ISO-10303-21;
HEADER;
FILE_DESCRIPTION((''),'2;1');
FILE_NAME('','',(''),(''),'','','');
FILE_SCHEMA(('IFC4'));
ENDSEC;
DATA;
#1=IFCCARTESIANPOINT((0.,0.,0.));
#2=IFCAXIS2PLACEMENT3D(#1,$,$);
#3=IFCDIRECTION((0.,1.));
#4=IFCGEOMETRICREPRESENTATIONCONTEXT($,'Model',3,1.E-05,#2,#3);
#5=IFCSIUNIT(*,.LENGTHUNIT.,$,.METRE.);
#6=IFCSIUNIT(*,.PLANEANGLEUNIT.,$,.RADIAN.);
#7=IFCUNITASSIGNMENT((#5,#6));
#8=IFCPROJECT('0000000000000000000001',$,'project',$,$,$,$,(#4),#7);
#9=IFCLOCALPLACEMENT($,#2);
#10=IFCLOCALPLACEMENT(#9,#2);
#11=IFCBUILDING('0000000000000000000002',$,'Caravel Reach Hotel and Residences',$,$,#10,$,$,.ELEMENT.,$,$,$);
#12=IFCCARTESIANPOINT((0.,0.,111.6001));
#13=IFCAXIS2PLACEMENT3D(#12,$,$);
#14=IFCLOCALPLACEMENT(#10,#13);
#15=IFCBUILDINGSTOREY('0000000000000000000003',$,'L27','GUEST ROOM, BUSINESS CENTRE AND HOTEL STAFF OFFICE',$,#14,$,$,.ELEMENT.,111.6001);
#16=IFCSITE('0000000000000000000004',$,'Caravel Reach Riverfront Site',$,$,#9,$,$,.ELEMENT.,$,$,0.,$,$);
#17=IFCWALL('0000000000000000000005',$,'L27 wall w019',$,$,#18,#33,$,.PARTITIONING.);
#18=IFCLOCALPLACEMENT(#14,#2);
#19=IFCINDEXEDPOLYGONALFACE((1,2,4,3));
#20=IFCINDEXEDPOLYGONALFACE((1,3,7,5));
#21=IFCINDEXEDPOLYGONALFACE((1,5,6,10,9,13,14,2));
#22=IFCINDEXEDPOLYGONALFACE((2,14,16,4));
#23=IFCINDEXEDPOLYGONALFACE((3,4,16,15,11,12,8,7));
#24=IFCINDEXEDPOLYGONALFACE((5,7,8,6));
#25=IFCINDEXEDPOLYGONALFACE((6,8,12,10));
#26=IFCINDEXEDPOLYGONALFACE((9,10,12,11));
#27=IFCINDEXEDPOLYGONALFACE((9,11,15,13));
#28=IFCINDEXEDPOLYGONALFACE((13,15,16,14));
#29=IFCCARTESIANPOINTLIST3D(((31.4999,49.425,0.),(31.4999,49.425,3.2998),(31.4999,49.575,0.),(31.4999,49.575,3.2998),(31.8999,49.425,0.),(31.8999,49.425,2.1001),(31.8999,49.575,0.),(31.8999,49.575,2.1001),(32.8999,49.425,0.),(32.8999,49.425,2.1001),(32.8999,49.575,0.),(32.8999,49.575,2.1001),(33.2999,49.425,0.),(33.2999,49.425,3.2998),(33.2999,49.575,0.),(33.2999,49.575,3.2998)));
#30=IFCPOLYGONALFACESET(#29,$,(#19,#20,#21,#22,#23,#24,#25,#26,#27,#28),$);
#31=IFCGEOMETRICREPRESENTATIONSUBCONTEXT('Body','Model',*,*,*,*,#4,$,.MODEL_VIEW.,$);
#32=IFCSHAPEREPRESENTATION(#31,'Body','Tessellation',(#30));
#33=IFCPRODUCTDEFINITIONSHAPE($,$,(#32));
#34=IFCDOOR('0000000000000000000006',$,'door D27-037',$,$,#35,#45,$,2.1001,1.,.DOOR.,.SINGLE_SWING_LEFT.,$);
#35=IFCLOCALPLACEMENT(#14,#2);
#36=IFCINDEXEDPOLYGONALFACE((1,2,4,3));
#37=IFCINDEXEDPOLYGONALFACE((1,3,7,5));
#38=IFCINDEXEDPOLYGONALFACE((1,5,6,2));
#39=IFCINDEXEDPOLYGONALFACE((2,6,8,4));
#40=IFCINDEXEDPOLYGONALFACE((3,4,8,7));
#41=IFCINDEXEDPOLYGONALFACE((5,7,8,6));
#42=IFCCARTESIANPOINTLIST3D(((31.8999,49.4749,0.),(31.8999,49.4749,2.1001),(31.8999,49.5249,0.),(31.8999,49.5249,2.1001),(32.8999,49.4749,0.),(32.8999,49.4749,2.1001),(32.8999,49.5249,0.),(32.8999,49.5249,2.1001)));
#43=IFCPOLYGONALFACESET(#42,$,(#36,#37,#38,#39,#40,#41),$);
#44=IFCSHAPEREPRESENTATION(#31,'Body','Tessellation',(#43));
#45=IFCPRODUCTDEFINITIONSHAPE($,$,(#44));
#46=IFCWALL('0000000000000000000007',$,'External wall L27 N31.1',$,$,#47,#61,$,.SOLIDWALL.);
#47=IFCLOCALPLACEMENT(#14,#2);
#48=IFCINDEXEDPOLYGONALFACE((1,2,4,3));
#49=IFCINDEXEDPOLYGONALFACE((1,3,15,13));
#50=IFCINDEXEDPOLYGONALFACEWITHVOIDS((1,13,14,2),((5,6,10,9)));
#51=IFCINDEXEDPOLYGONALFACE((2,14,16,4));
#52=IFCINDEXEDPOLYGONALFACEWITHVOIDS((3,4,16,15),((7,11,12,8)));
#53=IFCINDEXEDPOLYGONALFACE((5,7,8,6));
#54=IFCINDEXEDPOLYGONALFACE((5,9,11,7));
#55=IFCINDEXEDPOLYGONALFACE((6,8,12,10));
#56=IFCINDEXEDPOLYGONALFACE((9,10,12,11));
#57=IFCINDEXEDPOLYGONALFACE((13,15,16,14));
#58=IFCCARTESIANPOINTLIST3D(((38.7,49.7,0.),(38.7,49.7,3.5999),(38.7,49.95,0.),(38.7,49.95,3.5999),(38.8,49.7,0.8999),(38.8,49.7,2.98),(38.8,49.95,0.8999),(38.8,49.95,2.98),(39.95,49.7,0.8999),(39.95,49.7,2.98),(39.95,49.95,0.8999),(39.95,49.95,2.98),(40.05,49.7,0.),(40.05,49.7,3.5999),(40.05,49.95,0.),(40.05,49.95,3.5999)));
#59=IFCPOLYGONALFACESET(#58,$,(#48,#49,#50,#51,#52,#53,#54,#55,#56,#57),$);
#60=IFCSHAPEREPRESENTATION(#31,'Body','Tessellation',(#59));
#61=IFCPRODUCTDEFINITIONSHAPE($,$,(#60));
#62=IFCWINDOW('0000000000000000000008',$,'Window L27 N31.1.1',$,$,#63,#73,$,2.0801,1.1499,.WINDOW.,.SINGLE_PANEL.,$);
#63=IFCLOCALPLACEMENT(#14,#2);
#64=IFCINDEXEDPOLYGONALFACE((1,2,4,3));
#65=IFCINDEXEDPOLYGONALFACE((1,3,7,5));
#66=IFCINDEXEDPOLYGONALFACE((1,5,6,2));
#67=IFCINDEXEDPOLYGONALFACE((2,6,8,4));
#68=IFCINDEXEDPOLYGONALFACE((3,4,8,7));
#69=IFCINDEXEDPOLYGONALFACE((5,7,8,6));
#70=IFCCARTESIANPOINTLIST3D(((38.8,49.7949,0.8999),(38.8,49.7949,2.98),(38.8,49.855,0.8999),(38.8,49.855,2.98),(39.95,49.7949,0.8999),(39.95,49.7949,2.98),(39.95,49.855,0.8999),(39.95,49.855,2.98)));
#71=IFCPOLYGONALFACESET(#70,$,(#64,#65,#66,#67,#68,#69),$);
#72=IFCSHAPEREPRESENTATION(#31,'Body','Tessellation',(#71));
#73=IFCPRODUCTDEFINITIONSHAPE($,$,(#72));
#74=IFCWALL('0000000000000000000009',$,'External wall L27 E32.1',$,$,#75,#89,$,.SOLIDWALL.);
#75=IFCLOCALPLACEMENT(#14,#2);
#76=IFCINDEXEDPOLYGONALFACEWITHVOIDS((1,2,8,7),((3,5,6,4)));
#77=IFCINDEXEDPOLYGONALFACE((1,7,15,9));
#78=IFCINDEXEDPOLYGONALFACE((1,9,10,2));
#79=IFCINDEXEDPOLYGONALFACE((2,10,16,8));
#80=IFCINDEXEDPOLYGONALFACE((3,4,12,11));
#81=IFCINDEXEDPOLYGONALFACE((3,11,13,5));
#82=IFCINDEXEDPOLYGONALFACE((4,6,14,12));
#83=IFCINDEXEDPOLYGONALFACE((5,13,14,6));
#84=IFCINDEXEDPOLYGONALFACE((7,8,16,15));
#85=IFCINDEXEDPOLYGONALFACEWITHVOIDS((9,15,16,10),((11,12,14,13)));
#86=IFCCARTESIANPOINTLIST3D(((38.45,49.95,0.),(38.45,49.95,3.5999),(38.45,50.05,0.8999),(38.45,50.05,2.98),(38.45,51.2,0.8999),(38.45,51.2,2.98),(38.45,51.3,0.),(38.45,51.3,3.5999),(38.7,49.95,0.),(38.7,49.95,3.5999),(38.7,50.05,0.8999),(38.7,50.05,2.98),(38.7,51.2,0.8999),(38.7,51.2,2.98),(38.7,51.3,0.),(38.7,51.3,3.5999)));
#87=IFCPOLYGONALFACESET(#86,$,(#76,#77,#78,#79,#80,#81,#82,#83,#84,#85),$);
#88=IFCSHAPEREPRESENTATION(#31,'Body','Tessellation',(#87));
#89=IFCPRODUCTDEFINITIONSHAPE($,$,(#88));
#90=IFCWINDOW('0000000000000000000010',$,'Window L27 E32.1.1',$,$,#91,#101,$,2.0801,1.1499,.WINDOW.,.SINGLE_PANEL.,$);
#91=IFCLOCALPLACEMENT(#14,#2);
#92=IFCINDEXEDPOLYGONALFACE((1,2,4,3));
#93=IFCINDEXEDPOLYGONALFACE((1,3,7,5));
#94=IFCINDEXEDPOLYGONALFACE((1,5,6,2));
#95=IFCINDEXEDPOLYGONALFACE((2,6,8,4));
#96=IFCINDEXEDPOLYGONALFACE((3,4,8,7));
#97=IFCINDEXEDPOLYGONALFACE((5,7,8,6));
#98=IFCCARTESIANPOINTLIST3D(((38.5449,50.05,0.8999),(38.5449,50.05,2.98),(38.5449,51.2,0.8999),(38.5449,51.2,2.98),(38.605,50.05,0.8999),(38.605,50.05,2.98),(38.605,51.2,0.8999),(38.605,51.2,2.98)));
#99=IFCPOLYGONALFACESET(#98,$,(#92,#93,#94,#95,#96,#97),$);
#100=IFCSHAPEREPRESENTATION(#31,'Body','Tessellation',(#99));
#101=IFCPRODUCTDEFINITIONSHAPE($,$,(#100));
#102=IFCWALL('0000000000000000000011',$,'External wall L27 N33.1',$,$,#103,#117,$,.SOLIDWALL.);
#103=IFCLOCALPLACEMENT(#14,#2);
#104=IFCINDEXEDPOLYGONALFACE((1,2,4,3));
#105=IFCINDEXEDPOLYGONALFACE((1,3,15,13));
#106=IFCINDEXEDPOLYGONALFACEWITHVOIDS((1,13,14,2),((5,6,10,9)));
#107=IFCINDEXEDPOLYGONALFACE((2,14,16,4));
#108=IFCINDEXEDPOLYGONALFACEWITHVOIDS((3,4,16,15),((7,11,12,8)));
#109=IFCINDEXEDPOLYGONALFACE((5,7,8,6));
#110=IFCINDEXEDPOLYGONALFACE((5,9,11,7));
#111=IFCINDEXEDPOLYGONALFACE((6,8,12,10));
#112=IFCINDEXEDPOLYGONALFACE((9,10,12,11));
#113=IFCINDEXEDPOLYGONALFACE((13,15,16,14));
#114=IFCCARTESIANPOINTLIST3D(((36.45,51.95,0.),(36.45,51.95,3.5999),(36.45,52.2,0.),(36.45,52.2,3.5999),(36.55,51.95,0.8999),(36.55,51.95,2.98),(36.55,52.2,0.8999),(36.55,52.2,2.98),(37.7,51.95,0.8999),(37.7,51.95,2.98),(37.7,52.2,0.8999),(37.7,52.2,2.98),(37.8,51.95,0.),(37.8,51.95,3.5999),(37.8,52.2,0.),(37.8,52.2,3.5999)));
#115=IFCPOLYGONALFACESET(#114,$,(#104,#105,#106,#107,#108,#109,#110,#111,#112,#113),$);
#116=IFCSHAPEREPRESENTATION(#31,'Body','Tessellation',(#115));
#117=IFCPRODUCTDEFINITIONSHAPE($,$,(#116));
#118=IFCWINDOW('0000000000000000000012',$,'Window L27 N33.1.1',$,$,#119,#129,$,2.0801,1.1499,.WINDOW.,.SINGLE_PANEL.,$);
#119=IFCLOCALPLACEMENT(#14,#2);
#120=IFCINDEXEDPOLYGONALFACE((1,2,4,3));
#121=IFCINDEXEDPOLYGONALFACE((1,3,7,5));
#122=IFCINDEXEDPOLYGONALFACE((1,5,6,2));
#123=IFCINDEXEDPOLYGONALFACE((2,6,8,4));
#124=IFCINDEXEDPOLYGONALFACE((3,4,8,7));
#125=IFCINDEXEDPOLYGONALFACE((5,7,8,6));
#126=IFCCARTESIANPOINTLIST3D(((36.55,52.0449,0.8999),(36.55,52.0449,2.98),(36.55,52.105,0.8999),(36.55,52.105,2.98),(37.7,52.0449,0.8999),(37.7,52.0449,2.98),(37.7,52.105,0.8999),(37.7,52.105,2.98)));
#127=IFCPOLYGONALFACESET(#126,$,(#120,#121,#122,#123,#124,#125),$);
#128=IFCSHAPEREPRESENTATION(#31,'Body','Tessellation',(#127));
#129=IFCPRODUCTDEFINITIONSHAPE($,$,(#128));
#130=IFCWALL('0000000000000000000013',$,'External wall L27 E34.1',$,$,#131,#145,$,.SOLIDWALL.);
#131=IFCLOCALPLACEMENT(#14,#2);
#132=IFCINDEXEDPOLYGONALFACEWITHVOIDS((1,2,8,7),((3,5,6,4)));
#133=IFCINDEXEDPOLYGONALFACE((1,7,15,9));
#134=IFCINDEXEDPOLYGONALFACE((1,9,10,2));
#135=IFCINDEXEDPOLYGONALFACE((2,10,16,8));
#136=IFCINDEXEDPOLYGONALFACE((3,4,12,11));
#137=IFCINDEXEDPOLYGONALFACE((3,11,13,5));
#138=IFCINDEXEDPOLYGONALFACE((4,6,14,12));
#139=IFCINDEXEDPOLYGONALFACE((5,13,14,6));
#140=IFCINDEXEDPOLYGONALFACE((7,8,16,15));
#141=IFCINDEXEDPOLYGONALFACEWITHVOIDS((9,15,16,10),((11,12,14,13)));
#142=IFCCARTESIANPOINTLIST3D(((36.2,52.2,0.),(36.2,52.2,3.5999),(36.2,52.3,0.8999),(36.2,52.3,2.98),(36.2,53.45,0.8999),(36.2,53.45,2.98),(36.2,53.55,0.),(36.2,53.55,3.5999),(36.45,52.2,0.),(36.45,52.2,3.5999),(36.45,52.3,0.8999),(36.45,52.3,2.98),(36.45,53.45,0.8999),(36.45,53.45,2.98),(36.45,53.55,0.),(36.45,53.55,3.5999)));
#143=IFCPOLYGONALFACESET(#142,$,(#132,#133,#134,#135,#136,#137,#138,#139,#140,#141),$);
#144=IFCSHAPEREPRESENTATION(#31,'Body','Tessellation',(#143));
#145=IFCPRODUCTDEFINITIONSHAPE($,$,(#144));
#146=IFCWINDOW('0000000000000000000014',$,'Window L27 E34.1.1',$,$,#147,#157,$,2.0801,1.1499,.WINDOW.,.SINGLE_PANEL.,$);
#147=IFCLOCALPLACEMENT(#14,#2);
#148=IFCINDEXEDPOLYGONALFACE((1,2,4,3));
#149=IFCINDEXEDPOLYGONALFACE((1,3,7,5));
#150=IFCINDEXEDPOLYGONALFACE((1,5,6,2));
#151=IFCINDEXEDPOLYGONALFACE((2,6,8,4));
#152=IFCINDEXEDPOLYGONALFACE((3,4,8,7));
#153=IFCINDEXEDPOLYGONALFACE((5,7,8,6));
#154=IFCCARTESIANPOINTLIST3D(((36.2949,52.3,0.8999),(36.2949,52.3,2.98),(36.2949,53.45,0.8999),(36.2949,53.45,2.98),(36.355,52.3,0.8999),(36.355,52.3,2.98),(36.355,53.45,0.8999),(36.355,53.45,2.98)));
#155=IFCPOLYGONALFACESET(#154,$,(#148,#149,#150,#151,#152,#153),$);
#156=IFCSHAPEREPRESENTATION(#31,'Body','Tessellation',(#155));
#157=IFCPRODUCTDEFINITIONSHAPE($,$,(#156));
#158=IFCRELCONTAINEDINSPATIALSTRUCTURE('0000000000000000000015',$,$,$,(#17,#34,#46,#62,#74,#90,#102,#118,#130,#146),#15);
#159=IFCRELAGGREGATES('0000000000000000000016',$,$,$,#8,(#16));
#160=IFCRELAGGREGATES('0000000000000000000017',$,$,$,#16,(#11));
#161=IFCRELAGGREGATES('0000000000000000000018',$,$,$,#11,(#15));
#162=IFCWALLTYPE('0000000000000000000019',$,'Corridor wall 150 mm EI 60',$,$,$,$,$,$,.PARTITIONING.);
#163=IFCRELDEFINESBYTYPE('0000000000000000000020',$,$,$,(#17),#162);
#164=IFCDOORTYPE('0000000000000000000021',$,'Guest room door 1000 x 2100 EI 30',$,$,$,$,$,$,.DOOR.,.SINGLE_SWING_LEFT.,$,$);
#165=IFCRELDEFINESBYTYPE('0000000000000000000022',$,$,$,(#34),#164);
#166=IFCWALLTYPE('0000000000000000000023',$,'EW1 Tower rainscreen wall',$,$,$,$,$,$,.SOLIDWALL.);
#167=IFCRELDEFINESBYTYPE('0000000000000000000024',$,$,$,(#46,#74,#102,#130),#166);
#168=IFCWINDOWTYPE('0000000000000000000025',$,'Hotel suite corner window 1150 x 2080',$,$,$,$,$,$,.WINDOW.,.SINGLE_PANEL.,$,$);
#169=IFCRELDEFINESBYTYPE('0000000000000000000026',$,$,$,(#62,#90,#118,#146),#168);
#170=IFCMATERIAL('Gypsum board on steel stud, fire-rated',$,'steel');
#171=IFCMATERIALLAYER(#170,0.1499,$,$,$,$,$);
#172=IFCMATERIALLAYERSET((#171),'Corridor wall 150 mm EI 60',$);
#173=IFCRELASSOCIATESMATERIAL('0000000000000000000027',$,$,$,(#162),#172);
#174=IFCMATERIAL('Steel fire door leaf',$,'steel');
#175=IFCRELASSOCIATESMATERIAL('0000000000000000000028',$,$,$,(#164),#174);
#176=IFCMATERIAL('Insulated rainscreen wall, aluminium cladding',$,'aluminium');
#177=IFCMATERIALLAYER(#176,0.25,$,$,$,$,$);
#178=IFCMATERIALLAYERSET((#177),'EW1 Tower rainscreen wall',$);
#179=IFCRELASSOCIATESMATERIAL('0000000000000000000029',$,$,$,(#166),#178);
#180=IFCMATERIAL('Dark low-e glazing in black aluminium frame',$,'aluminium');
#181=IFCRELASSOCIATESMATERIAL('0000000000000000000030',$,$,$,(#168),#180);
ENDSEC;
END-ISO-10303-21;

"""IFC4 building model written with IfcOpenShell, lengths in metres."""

from ifc_helpers import new_model, si_unit, direction, frame, frame_2d, origin, place, context, subcontext, project, spatial, rectangle, extrude, material, layer, layer_set, type_object, element, fill, save


model = new_model("IFC4")

# Units and contexts
model_context = context("Model", 3, precision=1e-05, world=origin(), true_north=direction((0.0, 1.0)))
body_context = subcontext(model_context, "Body", "Model", "MODEL_VIEW")
ifc_project = project(units=[si_unit("LENGTHUNIT", "METRE"), si_unit("PLANEANGLEUNIT", "RADIAN")], contexts=[model_context])

# Site, building, storey
site_placement = place(None, origin())
site = spatial("IfcSite", under=ifc_project, at=site_placement, Name="Caravel Reach Riverfront Site", CompositionType="ELEMENT", RefElevation=0.0)
building_placement = place(site_placement, origin())
building = spatial("IfcBuilding", under=site, at=building_placement, Name="Caravel Reach Hotel and Residences", CompositionType="ELEMENT")
storey_placement = place(building_placement, frame((0.0, 0.0, 111.6001)))
storey = spatial("IfcBuildingStorey", under=building, at=storey_placement, Name="L27", Description="GUEST ROOM, BUSINESS CENTRE AND HOTEL STAFF OFFICE", CompositionType="ELEMENT", Elevation=111.6001)

# Wall, opening, door
ifc_material_1 = material(Name="Gypsum board on steel stud, fire-rated", Category="steel")
ifc_layer_1 = layer(ifc_material_1, 0.1499)
ifc_layer_set_1 = layer_set([ifc_layer_1], Name="Corridor wall 150 mm EI 60")
wall_type_1 = type_object("IfcWallType", Name="Corridor wall 150 mm EI 60", PredefinedType="PARTITIONING", material=ifc_layer_set_1)
wall_1_placement = place(storey_placement, frame((31.5, 49.5, 0.0), z_axis=(0.0, 0.0, 1.0), x_axis=(1.0, 0.0, 0.0)))
wall_1 = element("IfcWall", 1, at=wall_1_placement, inside=storey, type_object=wall_type_1, Name="L27 wall w019", PredefinedType="PARTITIONING", context=body_context, shape_type="SweptSolid", body=[
    extrude(rectangle(XDim=1.8, YDim=0.1499, at=frame_2d((0.8999, 0.0))), origin(), (0.0, 0.0, 1.0), 3.2998),
])
opening_1_placement = place(wall_1_placement, frame((0.3999, 0.0, 0.0)))
opening_1 = element("IfcOpeningElement", 2, at=opening_1_placement, cuts=wall_1, PredefinedType="OPENING", context=body_context, shape_type="SweptSolid", body=[
    extrude(rectangle(XDim=1.0, YDim=2.1001, at=frame_2d((0.5, 1.05))), frame((0.0, 0.085, 0.0), z_axis=(0.0, -1.0, 0.0), x_axis=(1.0, 0.0, 0.0)), (0.0, 0.0, 1.0), 0.1699),
])
ifc_material_2 = material(Name="Steel fire door leaf", Category="steel")
door_type_1 = type_object("IfcDoorType", Name="Guest room door 1000 x 2100 EI 30", OperationType="SINGLE_SWING_LEFT", PredefinedType="DOOR", material=ifc_material_2)
door_1_placement = place(opening_1_placement, origin())
door_1 = element("IfcDoor", 3, at=door_1_placement, inside=storey, type_object=door_type_1, Name="door D27-037", OperationType="SINGLE_SWING_LEFT", OverallHeight=2.1001, OverallWidth=1.0, PredefinedType="DOOR", context=body_context, shape_type="SweptSolid", body=[
    extrude(rectangle(XDim=1.0, YDim=2.1001, at=frame_2d((0.5, 1.05))), frame((0.0, 0.0249, 0.0), z_axis=(0.0, -1.0, 0.0), x_axis=(1.0, 0.0, 0.0)), (0.0, 0.0, 1.0), 0.05),
])
fill(opening_1, door_1)

# Walls, openings, windows
ifc_material_3 = material(Name="Insulated rainscreen wall, aluminium cladding", Category="aluminium")
ifc_layer_2 = layer(ifc_material_3, 0.25)
ifc_layer_set_2 = layer_set([ifc_layer_2], Name="EW1 Tower rainscreen wall")
wall_type_2 = type_object("IfcWallType", Name="EW1 Tower rainscreen wall", PredefinedType="SOLIDWALL", material=ifc_layer_set_2)
wall_2_placement = place(storey_placement, frame((40.05, 49.825, 0.0), z_axis=(0.0, 0.0, 1.0), x_axis=(-1.0, 0.0, 0.0)))
wall_2 = element("IfcWall", 4, at=wall_2_placement, inside=storey, type_object=wall_type_2, Name="External wall L27 N31.1", PredefinedType="SOLIDWALL", context=body_context, shape_type="SweptSolid", body=[
    extrude(rectangle(XDim=1.3501, YDim=0.25, at=frame_2d((0.675, 0.0))), origin(), (0.0, 0.0, 1.0), 3.5999),
])
opening_2_placement = place(wall_2_placement, frame((0.1001, 0.0, 0.8999)))
opening_2 = element("IfcOpeningElement", 5, at=opening_2_placement, cuts=wall_2, PredefinedType="OPENING", context=body_context, shape_type="SweptSolid", body=[
    extrude(rectangle(XDim=1.1499, YDim=2.0801, at=frame_2d((0.575, 1.04))), frame((0.0, 0.135, 0.0), z_axis=(0.0, -1.0, 0.0), x_axis=(1.0, 0.0, 0.0)), (0.0, 0.0, 1.0), 0.27),
])
ifc_material_4 = material(Name="Dark low-e glazing in black aluminium frame", Category="aluminium")
window_type_1 = type_object("IfcWindowType", Name="Hotel suite corner window 1150 x 2080", PartitioningType="SINGLE_PANEL", PredefinedType="WINDOW", material=ifc_material_4)
window_1_placement = place(opening_2_placement, origin())
window_1 = element("IfcWindow", 6, at=window_1_placement, inside=storey, type_object=window_type_1, Name="Window L27 N31.1.1", OverallHeight=2.0801, OverallWidth=1.1499, PartitioningType="SINGLE_PANEL", PredefinedType="WINDOW", context=body_context, shape_type="SweptSolid", body=[
    extrude(rectangle(XDim=1.1499, YDim=2.0801, at=frame_2d((0.575, 1.04))), frame((0.0, 0.03, 0.0), z_axis=(0.0, -1.0, 0.0), x_axis=(1.0, 0.0, 0.0)), (0.0, 0.0, 1.0), 0.0601),
])
fill(opening_2, window_1)
wall_3_placement = place(storey_placement, frame((38.575, 49.95, 0.0), z_axis=(0.0, 0.0, 1.0), x_axis=(0.0, 1.0, 0.0)))
wall_3 = element("IfcWall", 7, at=wall_3_placement, inside=storey, type_object=wall_type_2, Name="External wall L27 E32.1", PredefinedType="SOLIDWALL", context=body_context, shape_type="SweptSolid", body=[
    extrude(rectangle(XDim=1.3501, YDim=0.25, at=frame_2d((0.675, 0.0))), origin(), (0.0, 0.0, 1.0), 3.5999),
])
opening_3_placement = place(wall_3_placement, frame((0.1001, 0.0, 0.8999)))
opening_3 = element("IfcOpeningElement", 8, at=opening_3_placement, cuts=wall_3, PredefinedType="OPENING", context=body_context, shape_type="SweptSolid", body=[
    extrude(rectangle(XDim=1.1499, YDim=2.0801, at=frame_2d((0.575, 1.04))), frame((0.0, 0.135, 0.0), z_axis=(0.0, -1.0, 0.0), x_axis=(1.0, 0.0, 0.0)), (0.0, 0.0, 1.0), 0.27),
])
window_2_placement = place(opening_3_placement, origin())
window_2 = element("IfcWindow", 9, at=window_2_placement, inside=storey, type_object=window_type_1, Name="Window L27 E32.1.1", OverallHeight=2.0801, OverallWidth=1.1499, PartitioningType="SINGLE_PANEL", PredefinedType="WINDOW", context=body_context, shape_type="SweptSolid", body=[
    extrude(rectangle(XDim=1.1499, YDim=2.0801, at=frame_2d((0.575, 1.04))), frame((0.0, 0.03, 0.0), z_axis=(0.0, -1.0, 0.0), x_axis=(1.0, 0.0, 0.0)), (0.0, 0.0, 1.0), 0.0601),
])
fill(opening_3, window_2)
wall_4_placement = place(storey_placement, frame((37.8, 52.075, 0.0), z_axis=(0.0, 0.0, 1.0), x_axis=(-1.0, 0.0, 0.0)))
wall_4 = element("IfcWall", 10, at=wall_4_placement, inside=storey, type_object=wall_type_2, Name="External wall L27 N33.1", PredefinedType="SOLIDWALL", context=body_context, shape_type="SweptSolid", body=[
    extrude(rectangle(XDim=1.3501, YDim=0.25, at=frame_2d((0.675, 0.0))), origin(), (0.0, 0.0, 1.0), 3.5999),
])
opening_4_placement = place(wall_4_placement, frame((0.1001, 0.0, 0.8999)))
opening_4 = element("IfcOpeningElement", 11, at=opening_4_placement, cuts=wall_4, PredefinedType="OPENING", context=body_context, shape_type="SweptSolid", body=[
    extrude(rectangle(XDim=1.1499, YDim=2.0801, at=frame_2d((0.575, 1.04))), frame((0.0, 0.135, 0.0), z_axis=(0.0, -1.0, 0.0), x_axis=(1.0, 0.0, 0.0)), (0.0, 0.0, 1.0), 0.27),
])
window_3_placement = place(opening_4_placement, origin())
window_3 = element("IfcWindow", 12, at=window_3_placement, inside=storey, type_object=window_type_1, Name="Window L27 N33.1.1", OverallHeight=2.0801, OverallWidth=1.1499, PartitioningType="SINGLE_PANEL", PredefinedType="WINDOW", context=body_context, shape_type="SweptSolid", body=[
    extrude(rectangle(XDim=1.1499, YDim=2.0801, at=frame_2d((0.575, 1.04))), frame((0.0, 0.03, 0.0), z_axis=(0.0, -1.0, 0.0), x_axis=(1.0, 0.0, 0.0)), (0.0, 0.0, 1.0), 0.0601),
])
fill(opening_4, window_3)
wall_5_placement = place(storey_placement, frame((36.325, 52.2, 0.0), z_axis=(0.0, 0.0, 1.0), x_axis=(0.0, 1.0, 0.0)))
wall_5 = element("IfcWall", 13, at=wall_5_placement, inside=storey, type_object=wall_type_2, Name="External wall L27 E34.1", PredefinedType="SOLIDWALL", context=body_context, shape_type="SweptSolid", body=[
    extrude(rectangle(XDim=1.3501, YDim=0.25, at=frame_2d((0.675, 0.0))), origin(), (0.0, 0.0, 1.0), 3.5999),
])
opening_5_placement = place(wall_5_placement, frame((0.1001, 0.0, 0.8999)))
opening_5 = element("IfcOpeningElement", 14, at=opening_5_placement, cuts=wall_5, PredefinedType="OPENING", context=body_context, shape_type="SweptSolid", body=[
    extrude(rectangle(XDim=1.1499, YDim=2.0801, at=frame_2d((0.575, 1.04))), frame((0.0, 0.135, 0.0), z_axis=(0.0, -1.0, 0.0), x_axis=(1.0, 0.0, 0.0)), (0.0, 0.0, 1.0), 0.27),
])
window_4_placement = place(opening_5_placement, origin())
window_4 = element("IfcWindow", 15, at=window_4_placement, inside=storey, type_object=window_type_1, Name="Window L27 E34.1.1", OverallHeight=2.0801, OverallWidth=1.1499, PartitioningType="SINGLE_PANEL", PredefinedType="WINDOW", context=body_context, shape_type="SweptSolid", body=[
    extrude(rectangle(XDim=1.1499, YDim=2.0801, at=frame_2d((0.575, 1.04))), frame((0.0, 0.03, 0.0), z_axis=(0.0, -1.0, 0.0), x_axis=(1.0, 0.0, 0.0)), (0.0, 0.0, 1.0), 0.0601),
])
fill(opening_5, window_4)

save(model, "model.ifc")
